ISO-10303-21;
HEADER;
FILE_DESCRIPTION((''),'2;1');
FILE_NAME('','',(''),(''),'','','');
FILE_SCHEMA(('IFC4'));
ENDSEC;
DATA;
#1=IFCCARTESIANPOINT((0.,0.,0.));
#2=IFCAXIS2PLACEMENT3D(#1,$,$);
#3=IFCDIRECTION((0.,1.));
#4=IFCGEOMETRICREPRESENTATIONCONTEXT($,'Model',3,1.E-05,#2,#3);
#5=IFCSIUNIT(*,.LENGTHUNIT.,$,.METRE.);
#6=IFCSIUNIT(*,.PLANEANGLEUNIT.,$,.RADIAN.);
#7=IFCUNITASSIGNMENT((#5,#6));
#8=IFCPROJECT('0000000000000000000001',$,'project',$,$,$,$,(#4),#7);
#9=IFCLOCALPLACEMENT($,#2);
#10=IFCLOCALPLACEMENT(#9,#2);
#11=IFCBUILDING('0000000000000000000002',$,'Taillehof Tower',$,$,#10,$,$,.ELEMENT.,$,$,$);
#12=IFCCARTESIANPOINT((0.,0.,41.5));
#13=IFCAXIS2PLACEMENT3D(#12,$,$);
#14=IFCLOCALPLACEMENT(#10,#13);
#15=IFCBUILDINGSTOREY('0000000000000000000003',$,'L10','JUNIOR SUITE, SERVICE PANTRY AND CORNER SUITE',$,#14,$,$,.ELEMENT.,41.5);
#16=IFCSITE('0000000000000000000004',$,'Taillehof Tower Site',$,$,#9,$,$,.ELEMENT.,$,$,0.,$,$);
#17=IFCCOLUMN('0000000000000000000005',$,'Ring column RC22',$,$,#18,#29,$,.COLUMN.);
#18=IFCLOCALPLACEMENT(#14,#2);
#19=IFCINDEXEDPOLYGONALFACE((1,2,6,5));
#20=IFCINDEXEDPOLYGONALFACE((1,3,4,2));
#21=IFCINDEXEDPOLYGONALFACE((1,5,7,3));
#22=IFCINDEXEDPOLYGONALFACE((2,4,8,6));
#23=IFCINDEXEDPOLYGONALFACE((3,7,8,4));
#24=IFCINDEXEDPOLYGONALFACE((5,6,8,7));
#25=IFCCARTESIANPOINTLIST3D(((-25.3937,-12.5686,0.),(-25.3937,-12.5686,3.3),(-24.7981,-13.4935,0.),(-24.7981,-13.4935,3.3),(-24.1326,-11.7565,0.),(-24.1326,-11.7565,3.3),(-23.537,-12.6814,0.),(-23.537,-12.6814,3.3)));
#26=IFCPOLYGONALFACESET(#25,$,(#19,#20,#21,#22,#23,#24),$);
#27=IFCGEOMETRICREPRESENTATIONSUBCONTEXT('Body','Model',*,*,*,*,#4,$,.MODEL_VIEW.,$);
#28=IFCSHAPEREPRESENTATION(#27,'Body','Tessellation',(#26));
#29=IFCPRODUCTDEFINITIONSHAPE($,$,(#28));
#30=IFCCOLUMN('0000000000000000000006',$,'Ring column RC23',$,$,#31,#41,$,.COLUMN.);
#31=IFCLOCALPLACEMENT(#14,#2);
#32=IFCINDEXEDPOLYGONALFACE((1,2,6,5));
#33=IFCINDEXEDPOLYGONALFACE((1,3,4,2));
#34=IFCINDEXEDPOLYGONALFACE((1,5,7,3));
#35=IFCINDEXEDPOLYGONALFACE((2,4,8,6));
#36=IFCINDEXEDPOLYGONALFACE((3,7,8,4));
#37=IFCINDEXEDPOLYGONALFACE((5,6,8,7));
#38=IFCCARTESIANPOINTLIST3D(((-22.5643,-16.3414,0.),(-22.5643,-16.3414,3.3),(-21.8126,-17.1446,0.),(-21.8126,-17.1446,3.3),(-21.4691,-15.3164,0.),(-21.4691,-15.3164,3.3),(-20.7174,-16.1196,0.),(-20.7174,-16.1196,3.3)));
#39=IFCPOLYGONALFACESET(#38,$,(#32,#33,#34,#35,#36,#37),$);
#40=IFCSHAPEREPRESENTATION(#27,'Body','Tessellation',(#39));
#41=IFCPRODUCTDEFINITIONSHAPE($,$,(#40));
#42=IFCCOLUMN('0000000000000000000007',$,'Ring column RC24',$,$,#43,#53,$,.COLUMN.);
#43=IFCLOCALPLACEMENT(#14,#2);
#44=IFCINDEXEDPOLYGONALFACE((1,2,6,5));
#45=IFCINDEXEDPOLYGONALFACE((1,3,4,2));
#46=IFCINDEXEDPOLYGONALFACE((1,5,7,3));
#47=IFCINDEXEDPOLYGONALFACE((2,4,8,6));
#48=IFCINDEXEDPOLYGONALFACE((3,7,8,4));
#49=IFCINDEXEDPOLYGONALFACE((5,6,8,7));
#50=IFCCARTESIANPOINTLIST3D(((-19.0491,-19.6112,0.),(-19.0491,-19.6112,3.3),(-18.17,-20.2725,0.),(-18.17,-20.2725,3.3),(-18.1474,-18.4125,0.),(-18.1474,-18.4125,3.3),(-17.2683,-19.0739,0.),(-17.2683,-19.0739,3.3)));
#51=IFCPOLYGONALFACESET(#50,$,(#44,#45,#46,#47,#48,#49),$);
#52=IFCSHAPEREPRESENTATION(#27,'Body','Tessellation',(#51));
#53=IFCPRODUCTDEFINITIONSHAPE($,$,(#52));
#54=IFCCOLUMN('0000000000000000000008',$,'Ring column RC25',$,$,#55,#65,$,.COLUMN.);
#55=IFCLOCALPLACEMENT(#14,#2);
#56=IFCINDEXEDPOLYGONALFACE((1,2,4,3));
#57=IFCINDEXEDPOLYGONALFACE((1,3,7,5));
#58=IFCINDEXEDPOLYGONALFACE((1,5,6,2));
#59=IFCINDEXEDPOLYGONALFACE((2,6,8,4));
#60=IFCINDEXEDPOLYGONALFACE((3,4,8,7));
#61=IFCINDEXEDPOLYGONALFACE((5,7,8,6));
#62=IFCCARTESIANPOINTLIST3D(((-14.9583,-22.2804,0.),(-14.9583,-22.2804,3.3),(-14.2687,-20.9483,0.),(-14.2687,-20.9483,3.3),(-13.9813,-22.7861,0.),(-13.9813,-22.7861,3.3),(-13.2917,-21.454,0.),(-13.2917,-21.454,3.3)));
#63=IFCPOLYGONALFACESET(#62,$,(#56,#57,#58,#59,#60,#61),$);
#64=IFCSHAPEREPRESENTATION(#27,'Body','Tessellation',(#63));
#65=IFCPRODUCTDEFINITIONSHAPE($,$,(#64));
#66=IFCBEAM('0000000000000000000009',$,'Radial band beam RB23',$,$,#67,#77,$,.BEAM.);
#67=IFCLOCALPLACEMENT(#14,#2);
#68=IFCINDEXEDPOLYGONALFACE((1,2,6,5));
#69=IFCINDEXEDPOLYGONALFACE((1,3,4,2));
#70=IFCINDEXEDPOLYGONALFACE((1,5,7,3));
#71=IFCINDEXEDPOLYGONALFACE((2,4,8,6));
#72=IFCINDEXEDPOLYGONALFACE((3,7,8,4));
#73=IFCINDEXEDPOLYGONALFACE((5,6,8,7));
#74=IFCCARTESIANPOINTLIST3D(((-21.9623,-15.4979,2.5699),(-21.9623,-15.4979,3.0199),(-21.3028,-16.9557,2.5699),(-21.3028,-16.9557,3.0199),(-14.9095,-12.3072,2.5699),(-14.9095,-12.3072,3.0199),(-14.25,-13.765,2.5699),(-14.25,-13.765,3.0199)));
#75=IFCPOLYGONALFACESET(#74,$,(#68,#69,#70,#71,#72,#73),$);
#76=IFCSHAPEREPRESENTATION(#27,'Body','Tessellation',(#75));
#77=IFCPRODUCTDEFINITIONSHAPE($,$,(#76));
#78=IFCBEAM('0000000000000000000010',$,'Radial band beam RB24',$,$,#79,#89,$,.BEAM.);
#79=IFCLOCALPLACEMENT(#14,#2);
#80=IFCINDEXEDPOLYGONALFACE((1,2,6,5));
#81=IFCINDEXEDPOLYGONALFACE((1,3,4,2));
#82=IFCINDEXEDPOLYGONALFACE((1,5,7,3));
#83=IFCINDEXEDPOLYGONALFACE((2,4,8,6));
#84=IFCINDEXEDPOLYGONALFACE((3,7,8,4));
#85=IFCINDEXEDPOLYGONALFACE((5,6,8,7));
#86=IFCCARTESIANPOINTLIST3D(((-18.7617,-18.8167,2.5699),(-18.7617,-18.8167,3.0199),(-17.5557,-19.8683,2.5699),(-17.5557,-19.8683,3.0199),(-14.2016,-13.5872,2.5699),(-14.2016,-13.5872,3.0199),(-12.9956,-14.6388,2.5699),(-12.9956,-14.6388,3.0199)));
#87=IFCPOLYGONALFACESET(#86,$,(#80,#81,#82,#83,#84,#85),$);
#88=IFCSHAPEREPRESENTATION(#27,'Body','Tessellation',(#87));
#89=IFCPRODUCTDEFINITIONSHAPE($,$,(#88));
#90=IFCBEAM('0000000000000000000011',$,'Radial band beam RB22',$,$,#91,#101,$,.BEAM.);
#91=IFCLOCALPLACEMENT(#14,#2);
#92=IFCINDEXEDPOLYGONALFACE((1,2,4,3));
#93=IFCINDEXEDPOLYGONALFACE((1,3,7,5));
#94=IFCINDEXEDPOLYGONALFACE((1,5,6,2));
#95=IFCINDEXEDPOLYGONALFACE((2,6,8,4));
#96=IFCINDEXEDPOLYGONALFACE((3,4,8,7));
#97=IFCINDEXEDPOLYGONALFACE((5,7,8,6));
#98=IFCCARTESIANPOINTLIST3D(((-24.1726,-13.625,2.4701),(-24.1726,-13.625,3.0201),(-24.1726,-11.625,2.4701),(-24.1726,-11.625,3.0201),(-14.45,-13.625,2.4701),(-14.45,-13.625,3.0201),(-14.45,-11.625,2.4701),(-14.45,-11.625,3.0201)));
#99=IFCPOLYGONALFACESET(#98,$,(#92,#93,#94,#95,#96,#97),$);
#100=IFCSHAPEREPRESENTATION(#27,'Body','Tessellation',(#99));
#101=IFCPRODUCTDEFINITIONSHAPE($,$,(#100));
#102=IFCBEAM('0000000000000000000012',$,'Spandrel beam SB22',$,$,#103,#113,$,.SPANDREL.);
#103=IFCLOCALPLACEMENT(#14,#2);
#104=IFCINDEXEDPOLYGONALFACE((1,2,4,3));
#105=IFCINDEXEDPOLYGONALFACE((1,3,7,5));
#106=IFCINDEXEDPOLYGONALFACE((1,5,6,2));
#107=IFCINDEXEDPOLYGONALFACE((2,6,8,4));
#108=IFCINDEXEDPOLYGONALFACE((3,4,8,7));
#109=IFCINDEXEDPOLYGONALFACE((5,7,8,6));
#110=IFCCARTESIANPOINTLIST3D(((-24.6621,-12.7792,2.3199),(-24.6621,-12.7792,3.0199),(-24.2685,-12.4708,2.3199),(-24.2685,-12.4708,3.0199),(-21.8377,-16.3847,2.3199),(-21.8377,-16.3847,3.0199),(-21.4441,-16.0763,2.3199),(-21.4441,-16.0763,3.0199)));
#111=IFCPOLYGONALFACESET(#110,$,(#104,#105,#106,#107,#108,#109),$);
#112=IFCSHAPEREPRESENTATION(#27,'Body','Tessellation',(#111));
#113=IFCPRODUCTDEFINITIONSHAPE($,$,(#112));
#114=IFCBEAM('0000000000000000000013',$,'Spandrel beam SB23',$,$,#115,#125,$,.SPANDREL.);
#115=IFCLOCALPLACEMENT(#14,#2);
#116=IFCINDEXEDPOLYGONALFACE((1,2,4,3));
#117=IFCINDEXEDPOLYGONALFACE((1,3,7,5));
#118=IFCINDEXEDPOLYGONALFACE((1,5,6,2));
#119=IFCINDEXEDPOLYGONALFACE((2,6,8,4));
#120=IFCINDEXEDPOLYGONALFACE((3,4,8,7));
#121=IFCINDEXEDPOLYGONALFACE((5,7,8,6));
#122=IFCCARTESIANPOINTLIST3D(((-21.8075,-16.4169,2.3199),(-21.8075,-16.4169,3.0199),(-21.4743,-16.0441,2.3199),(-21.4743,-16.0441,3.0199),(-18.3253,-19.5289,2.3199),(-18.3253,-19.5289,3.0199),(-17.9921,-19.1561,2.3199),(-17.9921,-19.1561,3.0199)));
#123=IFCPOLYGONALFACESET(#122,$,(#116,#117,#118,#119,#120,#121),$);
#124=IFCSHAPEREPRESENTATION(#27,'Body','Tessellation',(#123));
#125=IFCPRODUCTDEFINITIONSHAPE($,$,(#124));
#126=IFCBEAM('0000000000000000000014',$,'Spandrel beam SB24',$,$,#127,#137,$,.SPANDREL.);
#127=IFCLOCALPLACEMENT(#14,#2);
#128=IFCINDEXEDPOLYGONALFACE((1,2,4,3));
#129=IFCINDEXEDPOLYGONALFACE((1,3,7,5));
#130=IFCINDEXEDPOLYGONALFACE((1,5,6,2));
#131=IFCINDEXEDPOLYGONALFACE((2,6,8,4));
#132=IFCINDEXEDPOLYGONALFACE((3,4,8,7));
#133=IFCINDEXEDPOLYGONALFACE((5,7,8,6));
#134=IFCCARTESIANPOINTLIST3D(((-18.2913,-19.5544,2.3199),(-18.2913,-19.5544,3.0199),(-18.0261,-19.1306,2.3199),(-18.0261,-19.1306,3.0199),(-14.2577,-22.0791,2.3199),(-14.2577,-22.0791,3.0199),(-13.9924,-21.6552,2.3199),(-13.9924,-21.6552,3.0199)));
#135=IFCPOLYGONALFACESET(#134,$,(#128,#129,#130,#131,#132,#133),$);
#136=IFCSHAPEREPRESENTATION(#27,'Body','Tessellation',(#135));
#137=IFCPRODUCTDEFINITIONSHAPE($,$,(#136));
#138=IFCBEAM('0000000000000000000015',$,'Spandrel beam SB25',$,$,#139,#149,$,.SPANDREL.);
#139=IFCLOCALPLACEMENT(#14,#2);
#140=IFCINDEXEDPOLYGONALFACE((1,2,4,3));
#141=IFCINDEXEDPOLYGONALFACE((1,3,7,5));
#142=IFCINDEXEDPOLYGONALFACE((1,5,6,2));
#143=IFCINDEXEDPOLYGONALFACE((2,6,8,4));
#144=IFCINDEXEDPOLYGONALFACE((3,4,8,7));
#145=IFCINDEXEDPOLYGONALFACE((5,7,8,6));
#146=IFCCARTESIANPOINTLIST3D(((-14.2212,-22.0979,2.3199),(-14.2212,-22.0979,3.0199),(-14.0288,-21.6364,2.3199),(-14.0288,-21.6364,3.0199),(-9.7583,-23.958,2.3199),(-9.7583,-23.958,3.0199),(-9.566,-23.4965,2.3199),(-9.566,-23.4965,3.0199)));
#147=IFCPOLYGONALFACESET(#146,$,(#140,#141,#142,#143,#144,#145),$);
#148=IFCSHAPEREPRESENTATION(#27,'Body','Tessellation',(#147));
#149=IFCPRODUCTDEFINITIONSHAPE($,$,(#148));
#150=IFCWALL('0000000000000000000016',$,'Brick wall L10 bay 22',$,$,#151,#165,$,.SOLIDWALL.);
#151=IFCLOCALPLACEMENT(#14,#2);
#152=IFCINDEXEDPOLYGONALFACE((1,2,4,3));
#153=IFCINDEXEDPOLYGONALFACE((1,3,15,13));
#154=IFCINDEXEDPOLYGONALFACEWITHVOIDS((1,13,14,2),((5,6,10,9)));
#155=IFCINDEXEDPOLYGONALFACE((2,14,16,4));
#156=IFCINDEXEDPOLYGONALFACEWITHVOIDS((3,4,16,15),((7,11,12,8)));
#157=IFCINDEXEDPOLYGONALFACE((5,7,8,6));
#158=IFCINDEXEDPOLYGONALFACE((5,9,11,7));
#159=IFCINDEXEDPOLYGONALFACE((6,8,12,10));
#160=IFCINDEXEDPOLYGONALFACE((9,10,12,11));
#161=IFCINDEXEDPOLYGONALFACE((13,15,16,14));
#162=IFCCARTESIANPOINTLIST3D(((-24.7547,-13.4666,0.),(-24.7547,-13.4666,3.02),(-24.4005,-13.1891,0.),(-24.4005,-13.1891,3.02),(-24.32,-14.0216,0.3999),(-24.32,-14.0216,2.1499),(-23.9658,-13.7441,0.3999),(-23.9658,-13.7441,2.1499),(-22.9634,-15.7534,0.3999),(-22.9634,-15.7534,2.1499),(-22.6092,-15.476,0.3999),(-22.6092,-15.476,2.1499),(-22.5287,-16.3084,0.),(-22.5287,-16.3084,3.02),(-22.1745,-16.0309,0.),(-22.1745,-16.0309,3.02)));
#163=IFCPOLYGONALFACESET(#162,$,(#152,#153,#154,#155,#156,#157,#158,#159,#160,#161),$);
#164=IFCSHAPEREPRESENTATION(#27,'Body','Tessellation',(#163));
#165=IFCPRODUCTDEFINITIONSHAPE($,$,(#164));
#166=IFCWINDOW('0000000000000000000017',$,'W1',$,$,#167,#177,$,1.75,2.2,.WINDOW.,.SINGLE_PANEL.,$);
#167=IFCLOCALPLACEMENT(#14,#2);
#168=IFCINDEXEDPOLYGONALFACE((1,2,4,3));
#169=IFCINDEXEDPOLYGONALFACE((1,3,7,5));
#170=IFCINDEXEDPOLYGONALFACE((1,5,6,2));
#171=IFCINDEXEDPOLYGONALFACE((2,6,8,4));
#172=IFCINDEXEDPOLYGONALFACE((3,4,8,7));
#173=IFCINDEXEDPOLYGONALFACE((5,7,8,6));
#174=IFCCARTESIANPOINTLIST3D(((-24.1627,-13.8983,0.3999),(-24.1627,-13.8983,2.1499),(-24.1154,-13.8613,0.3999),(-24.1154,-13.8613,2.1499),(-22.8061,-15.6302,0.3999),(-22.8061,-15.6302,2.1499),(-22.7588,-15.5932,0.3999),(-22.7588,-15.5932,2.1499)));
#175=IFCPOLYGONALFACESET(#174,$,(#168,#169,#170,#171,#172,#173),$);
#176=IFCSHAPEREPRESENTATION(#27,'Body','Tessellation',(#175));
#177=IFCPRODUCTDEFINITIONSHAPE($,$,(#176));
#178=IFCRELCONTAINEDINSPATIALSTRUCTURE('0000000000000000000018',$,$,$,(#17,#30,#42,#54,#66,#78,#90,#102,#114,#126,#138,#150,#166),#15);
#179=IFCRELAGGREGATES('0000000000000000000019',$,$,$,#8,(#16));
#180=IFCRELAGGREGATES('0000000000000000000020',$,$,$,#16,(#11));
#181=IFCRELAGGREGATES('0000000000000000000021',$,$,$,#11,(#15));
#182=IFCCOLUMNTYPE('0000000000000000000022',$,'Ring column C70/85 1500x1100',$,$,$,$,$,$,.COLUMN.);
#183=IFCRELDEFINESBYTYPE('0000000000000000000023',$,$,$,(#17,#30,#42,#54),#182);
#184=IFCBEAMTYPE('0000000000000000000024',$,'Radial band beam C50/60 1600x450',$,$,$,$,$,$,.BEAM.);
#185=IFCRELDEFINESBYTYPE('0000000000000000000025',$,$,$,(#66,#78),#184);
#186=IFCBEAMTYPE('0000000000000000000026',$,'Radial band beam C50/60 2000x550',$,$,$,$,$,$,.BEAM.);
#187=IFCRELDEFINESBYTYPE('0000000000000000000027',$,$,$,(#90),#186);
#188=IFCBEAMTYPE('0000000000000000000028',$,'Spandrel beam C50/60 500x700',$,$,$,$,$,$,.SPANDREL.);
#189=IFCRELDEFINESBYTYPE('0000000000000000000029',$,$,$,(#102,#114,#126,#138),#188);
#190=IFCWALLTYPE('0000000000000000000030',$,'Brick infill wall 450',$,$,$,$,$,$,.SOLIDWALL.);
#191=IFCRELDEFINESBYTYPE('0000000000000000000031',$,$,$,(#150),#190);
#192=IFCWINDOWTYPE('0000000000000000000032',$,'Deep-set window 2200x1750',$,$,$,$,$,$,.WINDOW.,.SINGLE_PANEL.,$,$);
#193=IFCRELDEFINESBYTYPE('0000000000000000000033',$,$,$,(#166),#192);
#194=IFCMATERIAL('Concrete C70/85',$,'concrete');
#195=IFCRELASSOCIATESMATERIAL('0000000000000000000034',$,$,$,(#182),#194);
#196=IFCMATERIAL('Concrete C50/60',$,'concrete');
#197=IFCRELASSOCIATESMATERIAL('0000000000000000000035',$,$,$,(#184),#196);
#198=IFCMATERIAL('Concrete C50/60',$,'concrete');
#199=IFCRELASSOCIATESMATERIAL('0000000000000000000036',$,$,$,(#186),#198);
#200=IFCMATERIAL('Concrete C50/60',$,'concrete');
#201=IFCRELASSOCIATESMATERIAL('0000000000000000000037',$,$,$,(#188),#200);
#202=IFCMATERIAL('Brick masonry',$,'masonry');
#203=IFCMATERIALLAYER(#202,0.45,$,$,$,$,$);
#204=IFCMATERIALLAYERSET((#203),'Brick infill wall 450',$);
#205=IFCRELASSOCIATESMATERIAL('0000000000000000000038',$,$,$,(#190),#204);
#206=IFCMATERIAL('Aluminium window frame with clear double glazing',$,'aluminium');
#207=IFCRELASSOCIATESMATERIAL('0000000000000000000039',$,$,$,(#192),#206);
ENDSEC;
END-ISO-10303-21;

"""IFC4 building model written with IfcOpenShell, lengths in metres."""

from ifc_helpers import new_model, si_unit, direction, frame, frame_2d, origin, origin_2d, place, context, subcontext, project, spatial, rectangle, extrude, material, layer, layer_set, material_profile, profile_set, type_object, element, fill, save


model = new_model("IFC4")

# Units and contexts
model_context = context("Model", 3, precision=1e-05, world=origin(), true_north=direction((0.0, 1.0)))
body_context = subcontext(model_context, "Body", "Model", "MODEL_VIEW")
ifc_project = project(units=[si_unit("LENGTHUNIT", "METRE"), si_unit("PLANEANGLEUNIT", "RADIAN")], contexts=[model_context])

# Site, building, storey
site_placement = place(None, origin())
site = spatial("IfcSite", under=ifc_project, at=site_placement, Name="Taillehof Tower Site", CompositionType="ELEMENT", RefElevation=0.0)
building_placement = place(site_placement, origin())
building = spatial("IfcBuilding", under=site, at=building_placement, Name="Taillehof Tower", CompositionType="ELEMENT")
storey_placement = place(building_placement, frame((0.0, 0.0, 41.5)))
storey = spatial("IfcBuildingStorey", under=building, at=storey_placement, Name="L10", Description="JUNIOR SUITE, SERVICE PANTRY AND CORNER SUITE", CompositionType="ELEMENT", Elevation=41.5)

# Columns
ifc_material_1 = material(Name="Concrete C70/85", Category="concrete")
ifc_material_profile_1 = material_profile(ifc_material_1, rectangle(XDim=1.5, YDim=1.1001, at=origin_2d()), Name="RC 1500x1100")
ifc_profile_set_1 = profile_set([ifc_material_profile_1], Name="Concrete C70/85")
column_type = type_object("IfcColumnType", Name="Ring column C70/85 1500x1100", PredefinedType="COLUMN", material=ifc_profile_set_1)
for number, where, z_axis, x_axis, name in (
    (1, (-24.4653, -12.625, 0.0), (0.0, 0.0, 1.0), (-0.840754, -0.541418, 0.0), "Ring column RC22"),
    (2, (-21.6409, -16.2305, 0.0), (0.0, 0.0, 1.0), (-0.730113, -0.683326, 0.0), "Ring column RC23"),
    (3, (-18.1587, -19.3425, 0.0), (0.0, 0.0, 1.0), (-0.601174, -0.799118, 0.0), "Ring column RC24"),
    (4, (-14.125, -21.8672, 0.0), (0.0, 0.0, 1.0), (-0.459691, -0.888079, 0.0), "Ring column RC25"),
):
    element("IfcColumn", number, at=place(storey_placement, frame(where, z_axis=z_axis, x_axis=x_axis)), inside=storey, type_object=column_type, Name=name, PredefinedType="COLUMN", context=body_context, shape_type="SweptSolid", body=[
        extrude(rectangle(XDim=1.5, YDim=1.1001, at=origin_2d()), origin(), (0.0, 0.0, 1.0), 3.3),
    ])

# Beams
ifc_material_2 = material(Name="Concrete C50/60", Category="concrete")
ifc_material_profile_2 = material_profile(ifc_material_2, rectangle(XDim=1.6001, YDim=0.45, at=origin_2d()), Name="RC 1600x450")
ifc_profile_set_2 = profile_set([ifc_material_profile_2], Name="Concrete C50/60")
beam_type_1 = type_object("IfcBeamType", Name="Radial band beam C50/60 1600x450", PredefinedType="BEAM", material=ifc_profile_set_2)
beam_1_placement = place(storey_placement, frame((-21.6326, -16.2268, 2.7949), z_axis=(0.911101, 0.412184, 0.0), x_axis=(-0.412184, 0.911101, 0.0)))
element("IfcBeam", 5, at=beam_1_placement, inside=storey, type_object=beam_type_1, Name="Radial band beam RB23", PredefinedType="BEAM", context=body_context, shape_type="SweptSolid", body=[
    extrude(rectangle(XDim=1.6001, YDim=0.45, at=origin_2d()), origin(), (0.0, 0.0, 1.0), 7.741),
])
beam_2_placement = place(storey_placement, frame((-18.1587, -19.3425, 2.7949), z_axis=(0.657218, 0.7537, 0.0), x_axis=(-0.7537, 0.657218, 0.0)))
element("IfcBeam", 6, at=beam_2_placement, inside=storey, type_object=beam_type_1, Name="Radial band beam RB24", PredefinedType="BEAM", context=body_context, shape_type="SweptSolid", body=[
    extrude(rectangle(XDim=1.6001, YDim=0.45, at=origin_2d()), origin(), (0.0, 0.0, 1.0), 6.9385),
])
ifc_material_3 = material(Name="Concrete C50/60", Category="concrete")
ifc_material_profile_3 = material_profile(ifc_material_3, rectangle(XDim=2.0, YDim=0.55, at=origin_2d()), Name="RC 2000x550")
ifc_profile_set_3 = profile_set([ifc_material_profile_3], Name="Concrete C50/60")
beam_type_2 = type_object("IfcBeamType", Name="Radial band beam C50/60 2000x550", PredefinedType="BEAM", material=ifc_profile_set_3)
beam_3_placement = place(storey_placement, frame((-24.1726, -12.625, 2.7451), z_axis=(1.0, 0.0, 0.0), x_axis=(0.0, 1.0, 0.0)))
element("IfcBeam", 7, at=beam_3_placement, inside=storey, type_object=beam_type_2, Name="Radial band beam RB22", PredefinedType="BEAM", context=body_context, shape_type="SweptSolid", body=[
    extrude(rectangle(XDim=2.0, YDim=0.55, at=origin_2d()), origin(), (0.0, 0.0, 1.0), 9.7227),
])
ifc_material_4 = material(Name="Concrete C50/60", Category="concrete")
ifc_material_profile_4 = material_profile(ifc_material_4, rectangle(XDim=0.5, YDim=0.7, at=origin_2d()), Name="RC 500x700")
ifc_profile_set_4 = profile_set([ifc_material_profile_4], Name="Concrete C50/60")
beam_type_3 = type_object("IfcBeamType", Name="Spandrel beam C50/60 500x700", PredefinedType="SPANDREL", material=ifc_profile_set_4)
beam_4_placement = place(storey_placement, frame((-24.4653, -12.625, 2.6699), z_axis=(0.616686, -0.787209, 0.0), x_axis=(0.787209, 0.616686, 0.0)))
element("IfcBeam", 8, at=beam_4_placement, inside=storey, type_object=beam_type_3, Name="Spandrel beam SB22", PredefinedType="SPANDREL", context=body_context, shape_type="SweptSolid", body=[
    extrude(rectangle(XDim=0.5, YDim=0.7, at=origin_2d()), origin(), (0.0, 0.0, 1.0), 4.5801),
])
beam_5_placement = place(storey_placement, frame((-21.6409, -16.2305, 2.6699), z_axis=(0.745621, -0.66637, 0.0), x_axis=(0.66637, 0.745621, 0.0)))
element("IfcBeam", 9, at=beam_5_placement, inside=storey, type_object=beam_type_3, Name="Spandrel beam SB23", PredefinedType="SPANDREL", context=body_context, shape_type="SweptSolid", body=[
    extrude(rectangle(XDim=0.5, YDim=0.7, at=origin_2d()), origin(), (0.0, 0.0, 1.0), 4.6702),
])
beam_6_placement = place(storey_placement, frame((-18.1587, -19.3425, 2.6699), z_axis=(0.847658, -0.530543, 0.0), x_axis=(0.530543, 0.847658, 0.0)))
element("IfcBeam", 10, at=beam_6_placement, inside=storey, type_object=beam_type_3, Name="Spandrel beam SB24", PredefinedType="SPANDREL", context=body_context, shape_type="SweptSolid", body=[
    extrude(rectangle(XDim=0.5, YDim=0.7, at=origin_2d()), origin(), (0.0, 0.0, 1.0), 4.7585),
])
beam_7_placement = place(storey_placement, frame((-14.125, -21.8672, 2.6699), z_axis=(0.923035, -0.384716, 0.0), x_axis=(0.384716, 0.923035, 0.0)))
element("IfcBeam", 11, at=beam_7_placement, inside=storey, type_object=beam_type_3, Name="Spandrel beam SB25", PredefinedType="SPANDREL", context=body_context, shape_type="SweptSolid", body=[
    extrude(rectangle(XDim=0.5, YDim=0.7, at=origin_2d()), origin(), (0.0, 0.0, 1.0), 4.835),
])

# Wall, opening, window
ifc_material_5 = material(Name="Brick masonry", Category="masonry")
ifc_layer_1 = layer(ifc_material_5, 0.45)
ifc_layer_set_1 = layer_set([ifc_layer_1], Name="Brick infill wall 450")
wall_type_1 = type_object("IfcWallType", Name="Brick infill wall 450", PredefinedType="SOLIDWALL", material=ifc_layer_set_1)
wall_1_placement = place(storey_placement, frame((-24.5776, -13.3279, 0.0), z_axis=(0.0, 0.0, 1.0), x_axis=(0.616662, -0.787228, 0.0)))
wall_1 = element("IfcWall", 12, at=wall_1_placement, inside=storey, type_object=wall_type_1, Name="Brick wall L10 bay 22", PredefinedType="SOLIDWALL", context=body_context, shape_type="SweptSolid", body=[
    extrude(rectangle(XDim=3.6099, YDim=0.45, at=frame_2d((1.8049, 0.0))), origin(), (0.0, 0.0, 1.0), 3.02),
])
opening_1_placement = place(wall_1_placement, frame((0.7048, 0.0, 0.3999)))
opening_1 = element("IfcOpeningElement", 13, at=opening_1_placement, cuts=wall_1, PredefinedType="OPENING", context=body_context, shape_type="SweptSolid", body=[
    extrude(rectangle(XDim=2.2, YDim=1.75, at=frame_2d((1.1001, 0.875))), frame((0.0, 0.2349, 0.0), z_axis=(0.0, -1.0, 0.0), x_axis=(1.0, 0.0, 0.0)), (0.0, 0.0, 1.0), 0.47),
])
ifc_material_6 = material(Name="Aluminium window frame with clear double glazing", Category="aluminium")
window_type_1 = type_object("IfcWindowType", Name="Deep-set window 2200x1750", PartitioningType="SINGLE_PANEL", PredefinedType="WINDOW", material=ifc_material_6)
window_1_placement = place(opening_1_placement, origin())
window_1 = element("IfcWindow", 14, at=window_1_placement, inside=storey, type_object=window_type_1, Name="W1", OverallHeight=1.75, OverallWidth=2.2, PartitioningType="SINGLE_PANEL", PredefinedType="WINDOW", context=body_context, shape_type="SweptSolid", body=[
    extrude(rectangle(XDim=2.2, YDim=1.75, at=frame_2d((1.1001, 0.875))), frame((0.0, 0.0349, 0.0), z_axis=(0.0, -1.0, 0.0), x_axis=(1.0, 0.0, 0.0)), (0.0, 0.0, 1.0), 0.0601),
])
fill(opening_1, window_1)

save(model, "model.ifc")
